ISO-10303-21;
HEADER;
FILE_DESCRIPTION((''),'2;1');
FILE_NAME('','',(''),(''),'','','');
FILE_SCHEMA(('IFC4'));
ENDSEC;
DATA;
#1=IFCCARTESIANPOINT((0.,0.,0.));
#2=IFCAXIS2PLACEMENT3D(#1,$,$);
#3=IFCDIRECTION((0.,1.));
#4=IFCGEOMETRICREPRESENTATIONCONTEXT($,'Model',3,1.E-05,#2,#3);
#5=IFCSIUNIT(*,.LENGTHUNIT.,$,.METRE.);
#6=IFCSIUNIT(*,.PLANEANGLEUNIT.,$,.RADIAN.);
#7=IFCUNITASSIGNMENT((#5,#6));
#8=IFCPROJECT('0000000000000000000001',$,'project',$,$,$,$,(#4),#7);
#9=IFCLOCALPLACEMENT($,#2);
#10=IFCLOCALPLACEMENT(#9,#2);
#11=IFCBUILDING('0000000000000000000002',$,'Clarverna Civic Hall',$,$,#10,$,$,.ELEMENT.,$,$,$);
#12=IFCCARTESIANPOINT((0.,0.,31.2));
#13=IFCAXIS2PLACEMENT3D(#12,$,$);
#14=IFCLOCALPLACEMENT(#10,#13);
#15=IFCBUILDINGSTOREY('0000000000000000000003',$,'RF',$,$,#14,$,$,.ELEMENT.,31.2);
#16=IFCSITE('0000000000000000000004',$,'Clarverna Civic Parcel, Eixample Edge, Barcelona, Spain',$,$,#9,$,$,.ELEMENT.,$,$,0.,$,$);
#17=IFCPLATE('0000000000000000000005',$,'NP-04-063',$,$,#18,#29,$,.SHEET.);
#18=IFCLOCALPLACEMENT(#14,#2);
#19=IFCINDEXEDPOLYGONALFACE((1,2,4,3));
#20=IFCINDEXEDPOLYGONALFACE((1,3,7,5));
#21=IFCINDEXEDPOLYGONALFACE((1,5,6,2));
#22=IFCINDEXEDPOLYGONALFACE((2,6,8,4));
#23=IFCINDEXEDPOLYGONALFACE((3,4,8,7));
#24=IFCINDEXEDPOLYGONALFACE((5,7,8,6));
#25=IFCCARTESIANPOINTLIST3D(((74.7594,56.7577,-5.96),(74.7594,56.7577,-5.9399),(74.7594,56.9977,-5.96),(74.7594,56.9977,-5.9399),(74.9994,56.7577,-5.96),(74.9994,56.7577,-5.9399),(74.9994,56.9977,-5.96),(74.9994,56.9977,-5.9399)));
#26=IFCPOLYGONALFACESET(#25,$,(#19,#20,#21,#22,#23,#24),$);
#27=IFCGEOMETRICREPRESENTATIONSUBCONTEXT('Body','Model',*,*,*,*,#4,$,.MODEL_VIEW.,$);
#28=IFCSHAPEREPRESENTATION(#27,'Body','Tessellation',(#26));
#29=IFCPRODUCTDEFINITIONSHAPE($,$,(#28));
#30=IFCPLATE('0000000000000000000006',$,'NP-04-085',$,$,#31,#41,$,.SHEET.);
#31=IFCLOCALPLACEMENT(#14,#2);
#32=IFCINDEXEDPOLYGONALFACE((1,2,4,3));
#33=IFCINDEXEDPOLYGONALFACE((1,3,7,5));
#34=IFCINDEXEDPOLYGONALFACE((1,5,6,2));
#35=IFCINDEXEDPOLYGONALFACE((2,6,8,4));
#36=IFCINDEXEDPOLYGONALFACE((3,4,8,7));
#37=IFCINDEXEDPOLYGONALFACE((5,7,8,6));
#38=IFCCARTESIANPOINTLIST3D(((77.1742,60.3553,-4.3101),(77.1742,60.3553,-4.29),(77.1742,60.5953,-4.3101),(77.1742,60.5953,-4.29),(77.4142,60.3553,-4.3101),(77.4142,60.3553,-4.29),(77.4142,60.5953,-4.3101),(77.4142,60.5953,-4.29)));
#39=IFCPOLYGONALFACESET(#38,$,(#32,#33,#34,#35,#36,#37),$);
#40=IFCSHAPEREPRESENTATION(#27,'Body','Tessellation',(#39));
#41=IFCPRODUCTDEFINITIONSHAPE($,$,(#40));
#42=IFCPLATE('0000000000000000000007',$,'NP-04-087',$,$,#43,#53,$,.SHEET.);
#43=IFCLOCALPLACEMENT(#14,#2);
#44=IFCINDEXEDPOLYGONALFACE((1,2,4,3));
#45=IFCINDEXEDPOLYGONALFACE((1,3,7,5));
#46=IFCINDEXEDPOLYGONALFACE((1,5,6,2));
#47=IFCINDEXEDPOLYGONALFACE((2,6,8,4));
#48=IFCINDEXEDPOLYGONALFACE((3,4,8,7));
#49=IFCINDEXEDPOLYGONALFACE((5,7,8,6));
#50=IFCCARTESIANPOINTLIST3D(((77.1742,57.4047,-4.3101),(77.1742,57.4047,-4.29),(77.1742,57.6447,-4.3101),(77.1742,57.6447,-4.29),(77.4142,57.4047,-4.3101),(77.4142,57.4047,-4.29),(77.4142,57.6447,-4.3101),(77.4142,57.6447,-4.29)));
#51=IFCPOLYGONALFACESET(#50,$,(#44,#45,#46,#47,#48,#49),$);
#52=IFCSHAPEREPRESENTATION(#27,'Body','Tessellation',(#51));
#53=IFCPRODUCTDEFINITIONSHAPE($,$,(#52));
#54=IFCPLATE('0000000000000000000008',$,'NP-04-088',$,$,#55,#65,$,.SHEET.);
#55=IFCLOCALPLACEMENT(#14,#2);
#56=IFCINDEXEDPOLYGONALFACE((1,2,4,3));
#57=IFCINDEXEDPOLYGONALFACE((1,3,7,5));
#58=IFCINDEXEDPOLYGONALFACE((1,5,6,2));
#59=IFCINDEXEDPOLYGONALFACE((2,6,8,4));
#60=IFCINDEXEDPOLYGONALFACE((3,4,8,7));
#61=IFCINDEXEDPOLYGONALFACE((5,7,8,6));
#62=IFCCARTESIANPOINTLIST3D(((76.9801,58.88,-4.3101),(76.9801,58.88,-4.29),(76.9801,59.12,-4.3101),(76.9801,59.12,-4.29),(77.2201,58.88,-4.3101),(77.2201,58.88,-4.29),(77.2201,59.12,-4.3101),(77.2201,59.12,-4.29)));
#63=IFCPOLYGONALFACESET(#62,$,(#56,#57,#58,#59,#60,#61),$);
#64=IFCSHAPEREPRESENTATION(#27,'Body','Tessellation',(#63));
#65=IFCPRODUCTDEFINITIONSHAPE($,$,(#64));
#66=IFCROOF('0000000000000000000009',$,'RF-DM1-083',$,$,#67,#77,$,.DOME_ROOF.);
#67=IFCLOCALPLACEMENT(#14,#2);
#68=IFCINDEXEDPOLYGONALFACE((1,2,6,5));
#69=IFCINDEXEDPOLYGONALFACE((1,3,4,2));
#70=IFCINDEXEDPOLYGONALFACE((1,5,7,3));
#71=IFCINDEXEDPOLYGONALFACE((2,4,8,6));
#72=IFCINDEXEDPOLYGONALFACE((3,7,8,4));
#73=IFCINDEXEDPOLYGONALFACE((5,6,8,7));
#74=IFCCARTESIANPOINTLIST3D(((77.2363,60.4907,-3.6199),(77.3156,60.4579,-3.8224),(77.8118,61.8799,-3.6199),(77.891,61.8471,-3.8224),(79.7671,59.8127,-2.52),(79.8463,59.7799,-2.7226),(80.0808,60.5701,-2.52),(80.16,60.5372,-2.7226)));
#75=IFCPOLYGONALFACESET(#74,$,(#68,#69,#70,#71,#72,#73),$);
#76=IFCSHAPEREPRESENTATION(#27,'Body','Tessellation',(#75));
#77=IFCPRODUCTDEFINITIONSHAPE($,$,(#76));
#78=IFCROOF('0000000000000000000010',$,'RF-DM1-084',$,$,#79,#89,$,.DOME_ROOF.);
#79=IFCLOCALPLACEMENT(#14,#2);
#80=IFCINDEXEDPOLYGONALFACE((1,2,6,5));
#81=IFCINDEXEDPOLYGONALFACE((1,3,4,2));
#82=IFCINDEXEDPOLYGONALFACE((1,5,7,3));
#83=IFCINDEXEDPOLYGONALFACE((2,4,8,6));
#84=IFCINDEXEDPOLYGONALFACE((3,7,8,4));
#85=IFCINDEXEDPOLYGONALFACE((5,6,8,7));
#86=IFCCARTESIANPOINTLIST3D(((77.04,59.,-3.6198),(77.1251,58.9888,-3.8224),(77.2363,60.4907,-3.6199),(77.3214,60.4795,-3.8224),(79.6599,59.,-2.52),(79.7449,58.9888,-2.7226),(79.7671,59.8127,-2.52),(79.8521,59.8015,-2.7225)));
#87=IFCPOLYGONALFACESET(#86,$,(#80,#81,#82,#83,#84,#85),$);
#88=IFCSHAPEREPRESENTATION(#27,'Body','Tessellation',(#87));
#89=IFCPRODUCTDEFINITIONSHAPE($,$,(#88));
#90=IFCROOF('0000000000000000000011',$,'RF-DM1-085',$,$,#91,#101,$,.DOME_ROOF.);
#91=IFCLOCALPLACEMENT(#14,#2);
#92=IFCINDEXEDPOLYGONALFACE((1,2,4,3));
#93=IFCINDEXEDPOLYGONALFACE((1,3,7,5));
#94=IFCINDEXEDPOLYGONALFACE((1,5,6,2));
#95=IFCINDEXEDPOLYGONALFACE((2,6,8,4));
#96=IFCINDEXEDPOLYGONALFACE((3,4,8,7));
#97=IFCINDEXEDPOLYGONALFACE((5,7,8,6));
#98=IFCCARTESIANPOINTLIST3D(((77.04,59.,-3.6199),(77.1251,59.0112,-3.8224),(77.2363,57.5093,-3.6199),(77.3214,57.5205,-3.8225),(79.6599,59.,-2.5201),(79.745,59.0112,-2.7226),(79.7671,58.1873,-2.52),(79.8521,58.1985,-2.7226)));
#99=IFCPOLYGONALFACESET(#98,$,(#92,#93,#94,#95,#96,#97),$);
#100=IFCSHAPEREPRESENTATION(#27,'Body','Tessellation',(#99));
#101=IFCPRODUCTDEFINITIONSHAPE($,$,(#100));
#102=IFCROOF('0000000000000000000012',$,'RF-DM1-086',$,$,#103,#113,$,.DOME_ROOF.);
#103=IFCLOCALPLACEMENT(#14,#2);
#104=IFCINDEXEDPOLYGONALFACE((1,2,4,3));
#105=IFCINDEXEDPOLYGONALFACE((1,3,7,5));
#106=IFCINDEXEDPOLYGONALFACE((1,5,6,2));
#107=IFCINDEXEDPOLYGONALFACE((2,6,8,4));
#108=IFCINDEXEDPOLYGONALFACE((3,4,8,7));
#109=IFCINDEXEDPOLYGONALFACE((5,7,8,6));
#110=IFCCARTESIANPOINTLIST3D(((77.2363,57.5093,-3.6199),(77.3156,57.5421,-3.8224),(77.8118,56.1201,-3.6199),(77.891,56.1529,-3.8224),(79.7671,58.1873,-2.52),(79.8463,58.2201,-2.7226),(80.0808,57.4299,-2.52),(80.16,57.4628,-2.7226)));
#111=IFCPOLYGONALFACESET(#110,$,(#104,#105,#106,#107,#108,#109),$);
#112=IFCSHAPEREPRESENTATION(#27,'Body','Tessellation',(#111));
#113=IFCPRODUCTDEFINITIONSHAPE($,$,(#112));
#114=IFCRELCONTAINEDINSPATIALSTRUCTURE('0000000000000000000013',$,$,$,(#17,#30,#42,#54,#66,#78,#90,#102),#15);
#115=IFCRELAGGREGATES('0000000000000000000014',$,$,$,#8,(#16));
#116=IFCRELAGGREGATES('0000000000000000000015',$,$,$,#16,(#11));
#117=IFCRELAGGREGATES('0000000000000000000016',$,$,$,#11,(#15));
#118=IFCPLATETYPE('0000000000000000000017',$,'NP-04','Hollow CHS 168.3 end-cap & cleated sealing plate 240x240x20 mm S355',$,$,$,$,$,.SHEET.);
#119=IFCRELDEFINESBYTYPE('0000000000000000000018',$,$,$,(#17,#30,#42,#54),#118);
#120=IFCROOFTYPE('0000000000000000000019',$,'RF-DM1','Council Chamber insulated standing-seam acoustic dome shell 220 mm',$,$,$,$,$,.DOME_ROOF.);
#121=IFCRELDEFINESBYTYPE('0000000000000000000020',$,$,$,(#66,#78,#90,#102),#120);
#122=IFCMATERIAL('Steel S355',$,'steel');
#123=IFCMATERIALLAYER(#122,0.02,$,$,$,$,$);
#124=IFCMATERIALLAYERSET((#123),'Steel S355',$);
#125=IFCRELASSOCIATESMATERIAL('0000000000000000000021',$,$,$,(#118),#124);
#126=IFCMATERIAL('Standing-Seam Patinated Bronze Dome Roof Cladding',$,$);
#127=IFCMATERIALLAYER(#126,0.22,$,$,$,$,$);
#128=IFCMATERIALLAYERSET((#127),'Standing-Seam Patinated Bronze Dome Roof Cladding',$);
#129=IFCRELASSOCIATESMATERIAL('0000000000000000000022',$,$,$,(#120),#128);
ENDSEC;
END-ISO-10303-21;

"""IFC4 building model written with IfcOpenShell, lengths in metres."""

from ifc_helpers import new_model, si_unit, direction, frame, origin, origin_2d, place, context, subcontext, project, spatial, polyline, rectangle, outline, extrude, material, layer, layer_set, type_object, element, save


model = new_model("IFC4")

# Units and contexts
model_context = context("Model", 3, precision=1e-05, world=origin(), true_north=direction((0.0, 1.0)))
body_context = subcontext(model_context, "Body", "Model", "MODEL_VIEW")
ifc_project = project(units=[si_unit("LENGTHUNIT", "METRE"), si_unit("PLANEANGLEUNIT", "RADIAN")], contexts=[model_context])

# Site, building, storey
site_placement = place(None, origin())
site = spatial("IfcSite", under=ifc_project, at=site_placement, Name="Clarverna Civic Parcel, Eixample Edge, Barcelona, Spain", CompositionType="ELEMENT", RefElevation=0.0)
building_placement = place(site_placement, origin())
building = spatial("IfcBuilding", under=site, at=building_placement, Name="Clarverna Civic Hall", CompositionType="ELEMENT")
storey_placement = place(building_placement, frame((0.0, 0.0, 31.2)))
storey = spatial("IfcBuildingStorey", under=building, at=storey_placement, Name="RF", CompositionType="ELEMENT", Elevation=31.2)

# Shared definitions
ifc_material_1 = material(Name="Steel S355", Category="steel")

# Plates
ifc_layer_1 = layer(ifc_material_1, 0.02)
ifc_layer_set_1 = layer_set([ifc_layer_1], Name="Steel S355")
plate_type = type_object("IfcPlateType", Name="NP-04", Description="Hollow CHS 168.3 end-cap & cleated sealing plate 240x240x20 mm S355", PredefinedType="SHEET", material=ifc_layer_set_1)
for number, where, z_axis, x_axis, name in (
    (1, (74.8794, 56.8777, -5.96), (0.0, 0.0, 1.0), (1.0, 0.0, 0.0), "NP-04-063"),
    (2, (77.2942, 60.4753, -4.3101), (0.0, 0.0, 1.0), (1.0, 0.0, 0.0), "NP-04-085"),
    (3, (77.2942, 57.5247, -4.3101), (0.0, 0.0, 1.0), (1.0, 0.0, 0.0), "NP-04-087"),
    (4, (77.1001, 59.0, -4.3101), (0.0, 0.0, 1.0), (1.0, 0.0, 0.0), "NP-04-088"),
):
    element("IfcPlate", number, at=place(storey_placement, frame(where, z_axis=z_axis, x_axis=x_axis)), inside=storey, type_object=plate_type, Name=name, PredefinedType="SHEET", context=body_context, shape_type="SweptSolid", body=[
        extrude(rectangle(XDim=0.24, YDim=0.24, at=origin_2d()), origin(), (0.0, 0.0, 1.0), 0.02),
    ])

# Roofs
ifc_material_2 = material(Name="Standing-Seam Patinated Bronze Dome Roof Cladding")
ifc_layer_2 = layer(ifc_material_2, 0.22)
ifc_layer_set_2 = layer_set([ifc_layer_2], Name="Standing-Seam Patinated Bronze Dome Roof Cladding")
roof_type = type_object("IfcRoofType", Name="RF-DM1", Description="Council Chamber insulated standing-seam acoustic dome shell 220 mm", PredefinedType="DOME_ROOF", material=ifc_layer_set_2)
roof_1_placement = place(storey_placement, frame((77.8118, 61.8799, -3.6199), z_axis=(-0.360222, 0.149218, 0.920855), x_axis=(-0.382701, -0.923872, 0.000001)))
element("IfcRoof", 5, at=roof_1_placement, inside=storey, type_object=roof_type, Name="RF-DM1-083", PredefinedType="DOME_ROOF", context=body_context, shape_type="SweptSolid", body=[
    extrude(outline(polyline([(0.0, 0.0), (1.5036, 0.0), (1.1615, 2.8208), (0.3417, 2.8208), (0.0, 0.0)])), origin(), (0.0, 0.0, -1.0), 0.22),
])
roof_2_placement = place(storey_placement, frame((77.2363, 60.4907, -3.6199), z_axis=(-0.38657, 0.050928, 0.920853), x_axis=(-0.130557, -0.991441, 0.000025)))
element("IfcRoof", 6, at=roof_2_placement, inside=storey, type_object=roof_type, Name="RF-DM1-084", PredefinedType="DOME_ROOF", context=body_context, shape_type="SweptSolid", body=[
    extrude(outline(polyline([(0.0, 0.0), (1.5036, 0.0), (1.1616, 2.8207), (0.3418, 2.8209), (0.0, 0.0)])), origin(), (0.0, 0.0, -1.0), 0.22),
])
roof_3_placement = place(storey_placement, frame((77.04, 59.0, -3.6199), z_axis=(-0.38657, -0.050928, 0.920853), x_axis=(0.130557, -0.991441, -0.000025)))
element("IfcRoof", 7, at=roof_3_placement, inside=storey, type_object=roof_type, Name="RF-DM1-085", PredefinedType="DOME_ROOF", context=body_context, shape_type="SweptSolid", body=[
    extrude(outline(polyline([(0.0, 0.0), (1.5036, 0.0), (1.1618, 2.8209), (0.342, 2.8207), (0.0, 0.0)])), origin(), (0.0, 0.0, -1.0), 0.22),
])
roof_4_placement = place(storey_placement, frame((77.2363, 57.5093, -3.6199), z_axis=(-0.360222, -0.149218, 0.920855), x_axis=(0.382701, -0.923872, -0.000001)))
element("IfcRoof", 8, at=roof_4_placement, inside=storey, type_object=roof_type, Name="RF-DM1-086", PredefinedType="DOME_ROOF", context=body_context, shape_type="SweptSolid", body=[
    extrude(outline(polyline([(0.0, 0.0), (1.5036, 0.0), (1.1619, 2.8208), (0.3422, 2.8208), (0.0, 0.0)])), origin(), (0.0, 0.0, -1.0), 0.22),
])

save(model, "model.ifc")
